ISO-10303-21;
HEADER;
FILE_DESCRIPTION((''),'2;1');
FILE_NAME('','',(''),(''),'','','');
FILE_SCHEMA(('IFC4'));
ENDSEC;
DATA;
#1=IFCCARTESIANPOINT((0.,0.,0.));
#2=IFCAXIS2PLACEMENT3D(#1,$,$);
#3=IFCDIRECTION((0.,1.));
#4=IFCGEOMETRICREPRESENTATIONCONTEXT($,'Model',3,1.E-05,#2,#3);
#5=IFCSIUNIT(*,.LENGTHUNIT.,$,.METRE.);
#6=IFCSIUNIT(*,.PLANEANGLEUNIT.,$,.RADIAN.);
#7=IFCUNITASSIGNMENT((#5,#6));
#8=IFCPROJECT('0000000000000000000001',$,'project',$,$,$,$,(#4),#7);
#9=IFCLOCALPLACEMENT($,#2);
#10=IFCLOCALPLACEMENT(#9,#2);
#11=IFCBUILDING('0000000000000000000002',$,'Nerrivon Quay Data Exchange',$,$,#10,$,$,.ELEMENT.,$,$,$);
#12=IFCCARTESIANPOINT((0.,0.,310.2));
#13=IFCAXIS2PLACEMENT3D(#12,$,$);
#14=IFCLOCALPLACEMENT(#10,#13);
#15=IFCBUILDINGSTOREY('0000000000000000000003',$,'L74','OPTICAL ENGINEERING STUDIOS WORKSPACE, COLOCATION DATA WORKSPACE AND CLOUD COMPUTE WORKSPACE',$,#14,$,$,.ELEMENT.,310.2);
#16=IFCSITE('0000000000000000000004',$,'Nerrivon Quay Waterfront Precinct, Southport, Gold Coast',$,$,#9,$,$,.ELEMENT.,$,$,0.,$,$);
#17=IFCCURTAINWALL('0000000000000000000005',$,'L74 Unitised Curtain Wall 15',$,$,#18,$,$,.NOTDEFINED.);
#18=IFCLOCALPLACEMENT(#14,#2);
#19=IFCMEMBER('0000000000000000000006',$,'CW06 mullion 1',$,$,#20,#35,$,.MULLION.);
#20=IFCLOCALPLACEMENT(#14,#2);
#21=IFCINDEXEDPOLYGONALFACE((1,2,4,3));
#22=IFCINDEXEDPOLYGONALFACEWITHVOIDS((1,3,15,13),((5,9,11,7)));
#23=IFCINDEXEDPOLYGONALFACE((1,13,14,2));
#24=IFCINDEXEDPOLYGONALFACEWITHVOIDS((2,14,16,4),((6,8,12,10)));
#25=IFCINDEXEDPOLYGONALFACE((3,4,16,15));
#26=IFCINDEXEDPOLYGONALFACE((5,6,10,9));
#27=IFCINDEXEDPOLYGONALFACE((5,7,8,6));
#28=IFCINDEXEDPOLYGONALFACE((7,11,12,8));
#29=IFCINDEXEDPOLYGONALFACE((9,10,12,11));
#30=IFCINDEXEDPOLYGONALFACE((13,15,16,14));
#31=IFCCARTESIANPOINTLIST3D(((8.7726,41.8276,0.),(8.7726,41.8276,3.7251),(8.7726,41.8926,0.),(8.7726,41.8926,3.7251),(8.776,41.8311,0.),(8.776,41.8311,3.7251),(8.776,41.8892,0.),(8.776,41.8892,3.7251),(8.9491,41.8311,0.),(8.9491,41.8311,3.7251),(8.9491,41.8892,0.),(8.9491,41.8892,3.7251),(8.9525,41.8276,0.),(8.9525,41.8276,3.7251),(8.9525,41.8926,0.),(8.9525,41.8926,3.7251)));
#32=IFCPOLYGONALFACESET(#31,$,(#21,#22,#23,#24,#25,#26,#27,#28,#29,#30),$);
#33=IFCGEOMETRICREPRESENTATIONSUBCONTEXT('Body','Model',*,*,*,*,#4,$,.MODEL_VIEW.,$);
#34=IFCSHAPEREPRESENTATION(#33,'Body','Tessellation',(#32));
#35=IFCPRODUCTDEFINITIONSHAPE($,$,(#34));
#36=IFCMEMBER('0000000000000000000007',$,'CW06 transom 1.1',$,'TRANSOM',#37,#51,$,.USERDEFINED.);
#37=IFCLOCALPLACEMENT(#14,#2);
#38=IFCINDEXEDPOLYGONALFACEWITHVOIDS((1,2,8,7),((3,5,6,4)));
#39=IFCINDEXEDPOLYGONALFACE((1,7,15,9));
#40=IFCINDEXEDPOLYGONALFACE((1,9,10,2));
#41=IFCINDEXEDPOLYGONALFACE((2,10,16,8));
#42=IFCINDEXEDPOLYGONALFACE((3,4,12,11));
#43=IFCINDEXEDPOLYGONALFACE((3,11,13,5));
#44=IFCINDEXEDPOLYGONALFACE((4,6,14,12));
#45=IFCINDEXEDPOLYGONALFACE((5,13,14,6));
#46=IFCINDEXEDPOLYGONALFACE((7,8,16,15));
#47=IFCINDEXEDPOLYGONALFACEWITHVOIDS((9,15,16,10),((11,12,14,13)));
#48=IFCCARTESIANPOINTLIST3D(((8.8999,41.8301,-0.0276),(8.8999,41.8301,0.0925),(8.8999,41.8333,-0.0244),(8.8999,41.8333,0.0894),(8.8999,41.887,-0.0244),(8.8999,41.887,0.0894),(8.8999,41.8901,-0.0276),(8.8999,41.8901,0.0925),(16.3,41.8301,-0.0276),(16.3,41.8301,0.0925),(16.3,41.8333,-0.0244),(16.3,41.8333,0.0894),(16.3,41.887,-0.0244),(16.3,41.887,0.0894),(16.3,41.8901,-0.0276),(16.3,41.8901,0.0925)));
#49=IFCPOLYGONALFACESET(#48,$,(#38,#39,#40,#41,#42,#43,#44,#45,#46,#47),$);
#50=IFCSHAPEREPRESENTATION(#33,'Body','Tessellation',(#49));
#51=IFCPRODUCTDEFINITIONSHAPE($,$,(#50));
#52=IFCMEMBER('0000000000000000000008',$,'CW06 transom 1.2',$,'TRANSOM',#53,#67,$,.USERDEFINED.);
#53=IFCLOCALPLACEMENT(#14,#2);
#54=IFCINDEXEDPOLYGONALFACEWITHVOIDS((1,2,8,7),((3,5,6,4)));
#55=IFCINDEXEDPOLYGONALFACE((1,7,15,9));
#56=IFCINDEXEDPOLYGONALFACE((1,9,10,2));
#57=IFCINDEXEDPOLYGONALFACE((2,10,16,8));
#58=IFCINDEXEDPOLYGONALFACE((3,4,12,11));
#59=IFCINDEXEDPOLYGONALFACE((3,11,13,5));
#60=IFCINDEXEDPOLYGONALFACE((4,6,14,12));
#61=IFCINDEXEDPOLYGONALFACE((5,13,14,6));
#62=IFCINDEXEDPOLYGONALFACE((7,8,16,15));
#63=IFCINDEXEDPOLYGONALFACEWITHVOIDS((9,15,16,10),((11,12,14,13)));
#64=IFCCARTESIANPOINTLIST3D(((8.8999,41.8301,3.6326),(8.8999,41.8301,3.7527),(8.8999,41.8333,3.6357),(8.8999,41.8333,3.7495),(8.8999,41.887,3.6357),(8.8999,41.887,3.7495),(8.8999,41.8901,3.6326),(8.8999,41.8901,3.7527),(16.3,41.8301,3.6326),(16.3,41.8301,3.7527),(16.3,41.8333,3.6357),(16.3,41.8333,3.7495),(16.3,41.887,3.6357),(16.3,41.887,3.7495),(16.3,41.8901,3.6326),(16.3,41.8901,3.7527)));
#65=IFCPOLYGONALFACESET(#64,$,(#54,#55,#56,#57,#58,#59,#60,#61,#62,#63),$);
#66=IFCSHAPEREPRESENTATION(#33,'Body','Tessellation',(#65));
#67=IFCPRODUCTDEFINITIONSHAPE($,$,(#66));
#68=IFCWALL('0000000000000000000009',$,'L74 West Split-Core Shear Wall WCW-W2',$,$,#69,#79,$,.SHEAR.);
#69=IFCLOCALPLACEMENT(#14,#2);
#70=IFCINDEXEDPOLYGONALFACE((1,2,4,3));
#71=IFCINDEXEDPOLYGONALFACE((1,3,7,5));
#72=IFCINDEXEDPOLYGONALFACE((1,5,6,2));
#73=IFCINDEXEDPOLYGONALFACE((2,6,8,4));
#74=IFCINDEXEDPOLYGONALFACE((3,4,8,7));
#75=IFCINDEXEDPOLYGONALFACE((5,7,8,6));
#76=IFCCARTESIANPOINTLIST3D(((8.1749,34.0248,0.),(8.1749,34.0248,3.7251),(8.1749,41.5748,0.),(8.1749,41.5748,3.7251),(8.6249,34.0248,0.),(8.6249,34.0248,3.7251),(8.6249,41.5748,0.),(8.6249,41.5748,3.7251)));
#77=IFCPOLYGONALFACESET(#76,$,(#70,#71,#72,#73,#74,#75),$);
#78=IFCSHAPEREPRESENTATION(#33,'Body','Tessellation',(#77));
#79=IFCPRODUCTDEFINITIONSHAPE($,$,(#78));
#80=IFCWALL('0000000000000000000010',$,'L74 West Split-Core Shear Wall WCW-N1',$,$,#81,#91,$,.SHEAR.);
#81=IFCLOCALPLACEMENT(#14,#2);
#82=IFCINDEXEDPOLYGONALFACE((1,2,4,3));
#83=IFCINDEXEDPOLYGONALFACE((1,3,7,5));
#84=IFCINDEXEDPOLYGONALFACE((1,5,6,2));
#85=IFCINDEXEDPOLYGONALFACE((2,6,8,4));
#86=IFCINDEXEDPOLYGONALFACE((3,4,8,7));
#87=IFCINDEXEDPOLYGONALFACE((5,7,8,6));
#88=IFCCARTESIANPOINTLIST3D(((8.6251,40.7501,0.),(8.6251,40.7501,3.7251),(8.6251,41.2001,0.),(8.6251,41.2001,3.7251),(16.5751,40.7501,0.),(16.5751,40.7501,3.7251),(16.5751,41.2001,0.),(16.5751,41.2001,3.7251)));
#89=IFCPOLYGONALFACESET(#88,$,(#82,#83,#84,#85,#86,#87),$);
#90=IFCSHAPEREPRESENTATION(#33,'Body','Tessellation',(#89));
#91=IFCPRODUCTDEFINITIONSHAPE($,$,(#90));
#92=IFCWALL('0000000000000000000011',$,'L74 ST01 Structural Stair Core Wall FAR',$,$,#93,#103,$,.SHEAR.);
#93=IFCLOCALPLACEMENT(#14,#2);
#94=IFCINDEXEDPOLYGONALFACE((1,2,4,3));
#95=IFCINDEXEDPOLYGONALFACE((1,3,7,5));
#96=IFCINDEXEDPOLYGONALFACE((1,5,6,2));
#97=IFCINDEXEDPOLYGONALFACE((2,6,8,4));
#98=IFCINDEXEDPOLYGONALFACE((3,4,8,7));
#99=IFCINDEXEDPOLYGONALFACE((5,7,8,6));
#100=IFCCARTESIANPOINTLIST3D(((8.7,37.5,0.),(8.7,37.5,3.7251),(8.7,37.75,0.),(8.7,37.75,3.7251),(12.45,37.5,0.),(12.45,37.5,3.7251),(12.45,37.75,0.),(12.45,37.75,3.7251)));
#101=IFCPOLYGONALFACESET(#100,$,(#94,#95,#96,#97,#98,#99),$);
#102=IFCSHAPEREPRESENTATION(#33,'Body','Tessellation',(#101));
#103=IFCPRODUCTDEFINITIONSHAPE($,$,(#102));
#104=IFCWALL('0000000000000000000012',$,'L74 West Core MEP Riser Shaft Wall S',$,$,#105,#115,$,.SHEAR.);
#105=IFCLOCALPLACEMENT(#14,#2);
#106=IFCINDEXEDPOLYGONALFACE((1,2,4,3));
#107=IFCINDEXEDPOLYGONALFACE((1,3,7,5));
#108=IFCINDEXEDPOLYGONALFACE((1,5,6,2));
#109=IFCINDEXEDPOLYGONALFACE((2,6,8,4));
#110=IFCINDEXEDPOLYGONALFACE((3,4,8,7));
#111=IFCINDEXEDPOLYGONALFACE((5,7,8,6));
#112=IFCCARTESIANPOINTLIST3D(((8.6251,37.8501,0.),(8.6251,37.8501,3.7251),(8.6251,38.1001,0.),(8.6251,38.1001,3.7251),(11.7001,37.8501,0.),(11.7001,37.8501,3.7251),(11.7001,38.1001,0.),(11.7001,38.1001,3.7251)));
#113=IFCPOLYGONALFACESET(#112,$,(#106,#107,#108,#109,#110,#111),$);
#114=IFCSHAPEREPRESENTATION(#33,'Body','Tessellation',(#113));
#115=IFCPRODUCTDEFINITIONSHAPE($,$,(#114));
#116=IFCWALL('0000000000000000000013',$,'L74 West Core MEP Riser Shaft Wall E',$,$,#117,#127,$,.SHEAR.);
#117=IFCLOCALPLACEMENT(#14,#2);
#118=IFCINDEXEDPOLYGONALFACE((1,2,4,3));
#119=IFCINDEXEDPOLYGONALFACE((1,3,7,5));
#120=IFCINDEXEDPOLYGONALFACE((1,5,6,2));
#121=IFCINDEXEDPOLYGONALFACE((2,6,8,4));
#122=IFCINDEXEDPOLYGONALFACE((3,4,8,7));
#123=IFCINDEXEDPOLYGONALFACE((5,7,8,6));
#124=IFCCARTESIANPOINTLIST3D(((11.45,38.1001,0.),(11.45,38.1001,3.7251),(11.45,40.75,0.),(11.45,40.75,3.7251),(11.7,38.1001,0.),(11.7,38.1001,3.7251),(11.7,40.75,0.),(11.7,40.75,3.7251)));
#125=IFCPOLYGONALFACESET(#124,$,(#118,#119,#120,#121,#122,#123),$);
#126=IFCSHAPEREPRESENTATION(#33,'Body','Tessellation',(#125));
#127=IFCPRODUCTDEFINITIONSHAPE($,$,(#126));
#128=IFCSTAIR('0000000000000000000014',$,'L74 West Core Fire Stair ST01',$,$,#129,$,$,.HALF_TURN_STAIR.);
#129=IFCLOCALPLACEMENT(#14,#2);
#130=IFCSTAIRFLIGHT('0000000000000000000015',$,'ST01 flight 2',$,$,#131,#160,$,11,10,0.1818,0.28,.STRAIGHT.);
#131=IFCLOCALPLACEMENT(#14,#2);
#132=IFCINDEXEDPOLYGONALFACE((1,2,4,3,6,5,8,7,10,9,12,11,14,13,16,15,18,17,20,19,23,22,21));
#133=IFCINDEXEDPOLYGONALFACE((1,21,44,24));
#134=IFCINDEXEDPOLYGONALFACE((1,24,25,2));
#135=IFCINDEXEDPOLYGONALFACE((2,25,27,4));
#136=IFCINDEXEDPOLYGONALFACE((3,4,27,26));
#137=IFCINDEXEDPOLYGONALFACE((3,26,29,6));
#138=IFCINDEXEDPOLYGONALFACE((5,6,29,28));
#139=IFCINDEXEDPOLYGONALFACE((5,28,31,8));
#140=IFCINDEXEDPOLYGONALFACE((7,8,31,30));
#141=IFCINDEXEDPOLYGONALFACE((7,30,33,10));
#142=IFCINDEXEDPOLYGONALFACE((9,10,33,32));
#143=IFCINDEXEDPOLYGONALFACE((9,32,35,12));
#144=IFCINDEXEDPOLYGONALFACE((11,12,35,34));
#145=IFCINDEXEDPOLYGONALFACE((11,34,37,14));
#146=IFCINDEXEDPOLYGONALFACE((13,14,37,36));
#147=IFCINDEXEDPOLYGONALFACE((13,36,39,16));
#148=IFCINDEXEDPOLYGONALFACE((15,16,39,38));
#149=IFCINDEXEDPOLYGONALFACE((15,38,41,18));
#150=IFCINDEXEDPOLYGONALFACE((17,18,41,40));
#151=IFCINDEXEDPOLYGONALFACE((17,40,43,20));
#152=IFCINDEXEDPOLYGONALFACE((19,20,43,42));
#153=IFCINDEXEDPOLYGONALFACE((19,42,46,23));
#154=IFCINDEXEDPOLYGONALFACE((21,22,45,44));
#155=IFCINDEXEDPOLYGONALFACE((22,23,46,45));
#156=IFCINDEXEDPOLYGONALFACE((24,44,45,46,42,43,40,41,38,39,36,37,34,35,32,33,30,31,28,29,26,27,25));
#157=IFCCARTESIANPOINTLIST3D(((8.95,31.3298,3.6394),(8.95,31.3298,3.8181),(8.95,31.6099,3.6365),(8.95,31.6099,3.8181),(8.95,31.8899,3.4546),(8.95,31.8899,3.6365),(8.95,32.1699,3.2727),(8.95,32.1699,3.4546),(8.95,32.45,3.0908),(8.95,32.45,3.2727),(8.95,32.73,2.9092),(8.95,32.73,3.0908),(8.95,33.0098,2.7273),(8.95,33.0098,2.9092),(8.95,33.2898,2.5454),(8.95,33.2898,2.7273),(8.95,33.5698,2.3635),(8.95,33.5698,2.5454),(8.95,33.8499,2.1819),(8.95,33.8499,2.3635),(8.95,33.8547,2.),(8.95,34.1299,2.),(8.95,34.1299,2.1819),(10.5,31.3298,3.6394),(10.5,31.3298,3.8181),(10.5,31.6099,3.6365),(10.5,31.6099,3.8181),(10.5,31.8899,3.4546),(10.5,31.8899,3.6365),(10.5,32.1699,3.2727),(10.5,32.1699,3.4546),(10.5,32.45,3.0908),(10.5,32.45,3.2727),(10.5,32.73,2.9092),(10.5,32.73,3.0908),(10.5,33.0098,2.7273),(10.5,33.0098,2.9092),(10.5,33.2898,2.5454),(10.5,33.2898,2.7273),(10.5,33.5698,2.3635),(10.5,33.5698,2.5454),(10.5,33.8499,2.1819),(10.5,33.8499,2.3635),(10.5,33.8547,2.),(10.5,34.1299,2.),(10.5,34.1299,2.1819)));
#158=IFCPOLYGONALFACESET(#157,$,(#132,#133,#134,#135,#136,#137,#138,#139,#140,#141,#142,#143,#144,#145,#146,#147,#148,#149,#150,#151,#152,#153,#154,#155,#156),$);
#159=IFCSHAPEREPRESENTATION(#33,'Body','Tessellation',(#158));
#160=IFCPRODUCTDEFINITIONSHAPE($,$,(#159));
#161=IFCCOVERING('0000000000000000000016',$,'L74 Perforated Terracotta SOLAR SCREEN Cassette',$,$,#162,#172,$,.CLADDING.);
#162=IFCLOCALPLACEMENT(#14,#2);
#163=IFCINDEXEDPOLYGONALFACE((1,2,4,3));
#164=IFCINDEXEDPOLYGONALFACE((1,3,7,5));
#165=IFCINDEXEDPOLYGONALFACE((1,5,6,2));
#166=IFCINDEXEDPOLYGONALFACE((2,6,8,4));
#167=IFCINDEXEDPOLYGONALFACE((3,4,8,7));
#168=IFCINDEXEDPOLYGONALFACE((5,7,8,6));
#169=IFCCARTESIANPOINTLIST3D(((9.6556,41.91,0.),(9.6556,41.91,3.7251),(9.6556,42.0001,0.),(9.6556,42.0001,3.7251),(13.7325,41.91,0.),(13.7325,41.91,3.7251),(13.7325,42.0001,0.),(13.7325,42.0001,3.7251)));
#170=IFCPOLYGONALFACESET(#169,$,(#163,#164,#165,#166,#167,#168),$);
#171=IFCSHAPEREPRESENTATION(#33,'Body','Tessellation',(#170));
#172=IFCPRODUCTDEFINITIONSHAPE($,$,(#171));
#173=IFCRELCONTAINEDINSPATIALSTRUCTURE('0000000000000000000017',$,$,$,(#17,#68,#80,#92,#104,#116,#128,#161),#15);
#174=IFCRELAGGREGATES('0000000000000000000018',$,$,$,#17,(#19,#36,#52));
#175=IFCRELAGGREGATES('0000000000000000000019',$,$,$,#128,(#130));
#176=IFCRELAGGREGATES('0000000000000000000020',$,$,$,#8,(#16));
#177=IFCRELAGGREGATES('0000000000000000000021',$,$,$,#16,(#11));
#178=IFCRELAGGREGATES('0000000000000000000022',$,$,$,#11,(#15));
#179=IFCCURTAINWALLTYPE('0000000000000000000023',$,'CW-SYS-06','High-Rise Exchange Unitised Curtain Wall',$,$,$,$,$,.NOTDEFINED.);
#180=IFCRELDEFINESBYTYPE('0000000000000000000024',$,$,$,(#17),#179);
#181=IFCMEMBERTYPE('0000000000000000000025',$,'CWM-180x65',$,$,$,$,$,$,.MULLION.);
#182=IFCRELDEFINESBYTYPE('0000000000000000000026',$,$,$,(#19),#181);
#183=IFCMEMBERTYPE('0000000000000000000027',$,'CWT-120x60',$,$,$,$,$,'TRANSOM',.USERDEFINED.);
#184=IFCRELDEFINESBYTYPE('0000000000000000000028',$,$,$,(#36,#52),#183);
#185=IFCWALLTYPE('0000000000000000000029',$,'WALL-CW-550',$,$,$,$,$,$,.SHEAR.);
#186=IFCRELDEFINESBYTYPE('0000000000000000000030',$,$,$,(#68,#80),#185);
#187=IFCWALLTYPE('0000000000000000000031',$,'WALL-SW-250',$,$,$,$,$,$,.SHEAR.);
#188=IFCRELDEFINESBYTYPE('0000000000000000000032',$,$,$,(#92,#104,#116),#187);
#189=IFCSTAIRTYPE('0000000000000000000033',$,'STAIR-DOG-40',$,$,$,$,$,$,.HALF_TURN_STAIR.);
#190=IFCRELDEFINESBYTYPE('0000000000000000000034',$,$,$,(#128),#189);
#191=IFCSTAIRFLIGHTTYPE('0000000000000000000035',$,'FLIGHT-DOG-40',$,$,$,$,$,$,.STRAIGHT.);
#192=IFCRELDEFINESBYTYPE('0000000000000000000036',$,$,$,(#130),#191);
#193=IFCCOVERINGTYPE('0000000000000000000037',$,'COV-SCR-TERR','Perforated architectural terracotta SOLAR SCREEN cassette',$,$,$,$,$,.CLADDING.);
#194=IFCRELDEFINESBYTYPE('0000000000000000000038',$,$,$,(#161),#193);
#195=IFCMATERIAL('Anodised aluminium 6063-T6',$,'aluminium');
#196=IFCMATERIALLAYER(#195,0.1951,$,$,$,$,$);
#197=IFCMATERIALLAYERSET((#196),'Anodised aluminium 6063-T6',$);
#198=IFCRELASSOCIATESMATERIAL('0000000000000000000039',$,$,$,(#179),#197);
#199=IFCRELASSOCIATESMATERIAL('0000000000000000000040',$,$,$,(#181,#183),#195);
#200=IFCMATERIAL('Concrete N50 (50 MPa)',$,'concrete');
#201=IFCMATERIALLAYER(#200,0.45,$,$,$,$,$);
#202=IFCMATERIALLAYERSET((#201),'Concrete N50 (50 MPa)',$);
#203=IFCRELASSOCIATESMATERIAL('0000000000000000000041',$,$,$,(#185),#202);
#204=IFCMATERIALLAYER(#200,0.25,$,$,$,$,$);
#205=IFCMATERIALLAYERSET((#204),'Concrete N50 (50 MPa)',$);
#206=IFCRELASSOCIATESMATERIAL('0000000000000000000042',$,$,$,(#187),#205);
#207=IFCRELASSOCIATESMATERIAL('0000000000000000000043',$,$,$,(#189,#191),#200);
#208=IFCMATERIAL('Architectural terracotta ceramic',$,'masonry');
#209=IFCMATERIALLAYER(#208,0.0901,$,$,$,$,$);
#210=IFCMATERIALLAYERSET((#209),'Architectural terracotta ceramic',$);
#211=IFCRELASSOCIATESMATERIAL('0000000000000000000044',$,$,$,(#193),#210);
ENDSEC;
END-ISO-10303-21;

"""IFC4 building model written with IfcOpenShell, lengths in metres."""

from ifc_helpers import new_model, si_unit, direction, frame, frame_2d, origin, origin_2d, place, context, subcontext, project, spatial, polyline, rectangle, hollow_rectangle, outline, extrude, material, layer, layer_set, material_profile, profile_set, type_object, element, aggregate, save


model = new_model("IFC4")

# Units and contexts
model_context = context("Model", 3, precision=1e-05, world=origin(), true_north=direction((0.0, 1.0)))
body_context = subcontext(model_context, "Body", "Model", "MODEL_VIEW")
ifc_project = project(units=[si_unit("LENGTHUNIT", "METRE"), si_unit("PLANEANGLEUNIT", "RADIAN")], contexts=[model_context])

# Site, building, storey
site_placement = place(None, origin())
site = spatial("IfcSite", under=ifc_project, at=site_placement, Name="Nerrivon Quay Waterfront Precinct, Southport, Gold Coast", CompositionType="ELEMENT", RefElevation=0.0)
building_placement = place(site_placement, origin())
building = spatial("IfcBuilding", under=site, at=building_placement, Name="Nerrivon Quay Data Exchange", CompositionType="ELEMENT")
storey_placement = place(building_placement, frame((0.0, 0.0, 310.2)))
storey = spatial("IfcBuildingStorey", under=building, at=storey_placement, Name="L74", Description="OPTICAL ENGINEERING STUDIOS WORKSPACE, COLOCATION DATA WORKSPACE AND CLOUD COMPUTE WORKSPACE", CompositionType="ELEMENT", Elevation=310.2)

# Shared definitions
ifc_material_1 = material(Name="Concrete N50 (50 MPa)", Category="concrete")

# Shared definitions
ifc_material_2 = material(Name="Anodised aluminium 6063-T6", Category="aluminium")
ifc_layer_1 = layer(ifc_material_2, 0.1951)
ifc_layer_set_1 = layer_set([ifc_layer_1], Name="Anodised aluminium 6063-T6")
curtain_wall_type = type_object("IfcCurtainWallType", Name="CW-SYS-06", Description="High-Rise Exchange Unitised Curtain Wall", PredefinedType="NOTDEFINED", material=ifc_layer_set_1)
ifc_material_profile_1 = material_profile(ifc_material_2, hollow_rectangle(XDim=0.0649, YDim=0.1799, WallThickness=0.0034, at=origin_2d()), Name="ALU-MULL-180x65")
ifc_profile_set_1 = profile_set([ifc_material_profile_1], Name="Anodised aluminium 6063-T6")
member_type_1 = type_object("IfcMemberType", Name="CWM-180x65", PredefinedType="MULLION", material=ifc_profile_set_1)

# Curtain wall, members
curtain_wall_1_placement = place(storey_placement, origin())
curtain_wall_1 = element("IfcCurtainWall", 1, at=curtain_wall_1_placement, inside=storey, type_object=curtain_wall_type, Name="L74 Unitised Curtain Wall 15", PredefinedType="NOTDEFINED")
member_1_placement = place(storey_placement, frame((8.8625, 41.8601, 0.0), z_axis=(0.0, 0.0, 1.0), x_axis=(0.0, 1.0, 0.0)))
member_1 = element("IfcMember", 2, at=member_1_placement, type_object=member_type_1, Name="CW06 mullion 1", PredefinedType="MULLION", context=body_context, shape_type="SweptSolid", body=[
    extrude(hollow_rectangle(XDim=0.0649, YDim=0.1799, WallThickness=0.0034, at=origin_2d()), origin(), (0.0, 0.0, 1.0), 3.7251),
])
ifc_material_profile_2 = material_profile(ifc_material_2, hollow_rectangle(XDim=0.0601, YDim=0.1201, WallThickness=0.0032, at=origin_2d()), Name="ALU-TRAN-120x60")
ifc_profile_set_2 = profile_set([ifc_material_profile_2], Name="Anodised aluminium 6063-T6")
member_type_2 = type_object("IfcMemberType", Name="CWT-120x60", ElementType="TRANSOM", PredefinedType="USERDEFINED", material=ifc_profile_set_2)
member_2_placement = place(storey_placement, frame((8.8999, 41.8601, 0.0325), z_axis=(1.0, 0.0, 0.0), x_axis=(0.0, 1.0, 0.0)))
member_2 = element("IfcMember", 3, at=member_2_placement, type_object=member_type_2, Name="CW06 transom 1.1", ObjectType="TRANSOM", PredefinedType="USERDEFINED", context=body_context, shape_type="SweptSolid", body=[
    extrude(hollow_rectangle(XDim=0.0601, YDim=0.1201, WallThickness=0.0032, at=origin_2d()), origin(), (0.0, 0.0, 1.0), 7.4001),
])
member_3_placement = place(storey_placement, frame((8.8999, 41.8601, 3.6926), z_axis=(1.0, 0.0, 0.0), x_axis=(0.0, 1.0, 0.0)))
member_3 = element("IfcMember", 4, at=member_3_placement, type_object=member_type_2, Name="CW06 transom 1.2", ObjectType="TRANSOM", PredefinedType="USERDEFINED", context=body_context, shape_type="SweptSolid", body=[
    extrude(hollow_rectangle(XDim=0.0601, YDim=0.1201, WallThickness=0.0032, at=origin_2d()), origin(), (0.0, 0.0, 1.0), 7.4001),
])
aggregate(curtain_wall_1, [member_1, member_2, member_3])

# Walls
ifc_layer_2 = layer(ifc_material_1, 0.45)
ifc_layer_set_2 = layer_set([ifc_layer_2], Name="Concrete N50 (50 MPa)")
wall_type_1 = type_object("IfcWallType", Name="WALL-CW-550", PredefinedType="SHEAR", material=ifc_layer_set_2)
wall_1_placement = place(storey_placement, frame((8.3999, 34.0249, 0.0), z_axis=(0.0, 0.0, 1.0), x_axis=(0.0, 1.0, 0.0)))
element("IfcWall", 5, at=wall_1_placement, inside=storey, type_object=wall_type_1, Name="L74 West Split-Core Shear Wall WCW-W2", PredefinedType="SHEAR", context=body_context, shape_type="SweptSolid", body=[
    extrude(rectangle(XDim=7.55, YDim=0.45, at=frame_2d((3.7749, 0.0))), origin(), (0.0, 0.0, 1.0), 3.7251),
])
wall_2_placement = place(storey_placement, frame((8.625, 40.9751, 0.0), z_axis=(0.0, 0.0, 1.0), x_axis=(1.0, 0.0, 0.0)))
element("IfcWall", 6, at=wall_2_placement, inside=storey, type_object=wall_type_1, Name="L74 West Split-Core Shear Wall WCW-N1", PredefinedType="SHEAR", context=body_context, shape_type="SweptSolid", body=[
    extrude(rectangle(XDim=7.95, YDim=0.45, at=frame_2d((3.9751, 0.0))), origin(), (0.0, 0.0, 1.0), 3.7251),
])
ifc_layer_3 = layer(ifc_material_1, 0.25)
ifc_layer_set_3 = layer_set([ifc_layer_3], Name="Concrete N50 (50 MPa)")
wall_type_2 = type_object("IfcWallType", Name="WALL-SW-250", PredefinedType="SHEAR", material=ifc_layer_set_3)
wall_3_placement = place(storey_placement, frame((12.45, 37.625, 0.0), z_axis=(0.0, 0.0, 1.0), x_axis=(-1.0, 0.0, 0.0)))
element("IfcWall", 7, at=wall_3_placement, inside=storey, type_object=wall_type_2, Name="L74 ST01 Structural Stair Core Wall FAR", PredefinedType="SHEAR", context=body_context, shape_type="SweptSolid", body=[
    extrude(rectangle(XDim=3.75, YDim=0.25, at=frame_2d((1.875, 0.0))), origin(), (0.0, 0.0, 1.0), 3.7251),
])
wall_4_placement = place(storey_placement, frame((8.625, 37.9751, 0.0), z_axis=(0.0, 0.0, 1.0), x_axis=(1.0, 0.0, 0.0)))
element("IfcWall", 8, at=wall_4_placement, inside=storey, type_object=wall_type_2, Name="L74 West Core MEP Riser Shaft Wall S", PredefinedType="SHEAR", context=body_context, shape_type="SweptSolid", body=[
    extrude(rectangle(XDim=3.075, YDim=0.25, at=frame_2d((1.5376, 0.0))), origin(), (0.0, 0.0, 1.0), 3.7251),
])
wall_5_placement = place(storey_placement, frame((11.575, 38.1001, 0.0), z_axis=(0.0, 0.0, 1.0), x_axis=(0.0, 1.0, 0.0)))
element("IfcWall", 9, at=wall_5_placement, inside=storey, type_object=wall_type_2, Name="L74 West Core MEP Riser Shaft Wall E", PredefinedType="SHEAR", context=body_context, shape_type="SweptSolid", body=[
    extrude(rectangle(XDim=2.6499, YDim=0.25, at=frame_2d((1.325, 0.0))), origin(), (0.0, 0.0, 1.0), 3.7251),
])

# Stair, stair flight
stair_type = type_object("IfcStairType", Name="STAIR-DOG-40", PredefinedType="HALF_TURN_STAIR", material=ifc_material_1)
stair_placement = place(storey_placement, origin())
stair = element("IfcStair", 10, at=stair_placement, inside=storey, type_object=stair_type, Name="L74 West Core Fire Stair ST01", PredefinedType="HALF_TURN_STAIR")
stair_flight_type = type_object("IfcStairFlightType", Name="FLIGHT-DOG-40", PredefinedType="STRAIGHT", material=ifc_material_1)
stair_flight_placement = place(storey_placement, frame((9.7251, 34.1299, 2.0), z_axis=(0.0, 0.0, 1.0), x_axis=(0.0, -1.0, 0.0)))
stair_flight = element("IfcStairFlight", 11, at=stair_flight_placement, type_object=stair_flight_type, Name="ST01 flight 2", NumberOfRisers=11, NumberOfTreads=10, PredefinedType="STRAIGHT", RiserHeight=0.1818, TreadLength=0.28, context=body_context, shape_type="SweptSolid", body=[
    extrude(outline(polyline([(0.0, 0.0), (0.0, 0.1819), (0.28, 0.1819), (0.28, 0.3635), (0.5601, 0.3635), (0.5601, 0.5454), (0.8401, 0.5454), (0.8401, 0.7273), (1.1201, 0.7273), (1.1201, 0.9092), (1.3999, 0.9092), (1.3999, 1.0908), (1.6799, 1.0908), (1.6799, 1.2727), (1.96, 1.2727), (1.96, 1.4546), (2.24, 1.4546), (2.24, 1.6365), (2.52, 1.6365), (2.52, 1.8181), (2.8, 1.8181), (2.8, 2.0), (2.8, 1.6394), (0.2751, 0.0), (0.0, 0.0)])), frame((0.0, 0.7749, 0.0), z_axis=(0.0, -1.0, 0.0), x_axis=(1.0, 0.0, 0.0)), (0.0, 0.0, 1.0), 1.55),
])
aggregate(stair, [stair_flight])

# Covering
ifc_material_3 = material(Name="Architectural terracotta ceramic", Category="masonry")
ifc_layer_4 = layer(ifc_material_3, 0.0901)
ifc_layer_set_4 = layer_set([ifc_layer_4], Name="Architectural terracotta ceramic")
covering_type = type_object("IfcCoveringType", Name="COV-SCR-TERR", Description="Perforated architectural terracotta SOLAR SCREEN cassette", PredefinedType="CLADDING", material=ifc_layer_set_4)
covering_placement = place(storey_placement, frame((11.6941, 41.9551, 0.0), z_axis=(0.0, 0.0, 1.0), x_axis=(1.0, 0.0, 0.0)))
element("IfcCovering", 12, at=covering_placement, inside=storey, type_object=covering_type, Name="L74 Perforated Terracotta SOLAR SCREEN Cassette", PredefinedType="CLADDING", context=body_context, shape_type="SweptSolid", body=[
    extrude(rectangle(XDim=4.0769, YDim=0.0901, at=origin_2d()), origin(), (0.0, 0.0, 1.0), 3.7251),
])

save(model, "model.ifc")
